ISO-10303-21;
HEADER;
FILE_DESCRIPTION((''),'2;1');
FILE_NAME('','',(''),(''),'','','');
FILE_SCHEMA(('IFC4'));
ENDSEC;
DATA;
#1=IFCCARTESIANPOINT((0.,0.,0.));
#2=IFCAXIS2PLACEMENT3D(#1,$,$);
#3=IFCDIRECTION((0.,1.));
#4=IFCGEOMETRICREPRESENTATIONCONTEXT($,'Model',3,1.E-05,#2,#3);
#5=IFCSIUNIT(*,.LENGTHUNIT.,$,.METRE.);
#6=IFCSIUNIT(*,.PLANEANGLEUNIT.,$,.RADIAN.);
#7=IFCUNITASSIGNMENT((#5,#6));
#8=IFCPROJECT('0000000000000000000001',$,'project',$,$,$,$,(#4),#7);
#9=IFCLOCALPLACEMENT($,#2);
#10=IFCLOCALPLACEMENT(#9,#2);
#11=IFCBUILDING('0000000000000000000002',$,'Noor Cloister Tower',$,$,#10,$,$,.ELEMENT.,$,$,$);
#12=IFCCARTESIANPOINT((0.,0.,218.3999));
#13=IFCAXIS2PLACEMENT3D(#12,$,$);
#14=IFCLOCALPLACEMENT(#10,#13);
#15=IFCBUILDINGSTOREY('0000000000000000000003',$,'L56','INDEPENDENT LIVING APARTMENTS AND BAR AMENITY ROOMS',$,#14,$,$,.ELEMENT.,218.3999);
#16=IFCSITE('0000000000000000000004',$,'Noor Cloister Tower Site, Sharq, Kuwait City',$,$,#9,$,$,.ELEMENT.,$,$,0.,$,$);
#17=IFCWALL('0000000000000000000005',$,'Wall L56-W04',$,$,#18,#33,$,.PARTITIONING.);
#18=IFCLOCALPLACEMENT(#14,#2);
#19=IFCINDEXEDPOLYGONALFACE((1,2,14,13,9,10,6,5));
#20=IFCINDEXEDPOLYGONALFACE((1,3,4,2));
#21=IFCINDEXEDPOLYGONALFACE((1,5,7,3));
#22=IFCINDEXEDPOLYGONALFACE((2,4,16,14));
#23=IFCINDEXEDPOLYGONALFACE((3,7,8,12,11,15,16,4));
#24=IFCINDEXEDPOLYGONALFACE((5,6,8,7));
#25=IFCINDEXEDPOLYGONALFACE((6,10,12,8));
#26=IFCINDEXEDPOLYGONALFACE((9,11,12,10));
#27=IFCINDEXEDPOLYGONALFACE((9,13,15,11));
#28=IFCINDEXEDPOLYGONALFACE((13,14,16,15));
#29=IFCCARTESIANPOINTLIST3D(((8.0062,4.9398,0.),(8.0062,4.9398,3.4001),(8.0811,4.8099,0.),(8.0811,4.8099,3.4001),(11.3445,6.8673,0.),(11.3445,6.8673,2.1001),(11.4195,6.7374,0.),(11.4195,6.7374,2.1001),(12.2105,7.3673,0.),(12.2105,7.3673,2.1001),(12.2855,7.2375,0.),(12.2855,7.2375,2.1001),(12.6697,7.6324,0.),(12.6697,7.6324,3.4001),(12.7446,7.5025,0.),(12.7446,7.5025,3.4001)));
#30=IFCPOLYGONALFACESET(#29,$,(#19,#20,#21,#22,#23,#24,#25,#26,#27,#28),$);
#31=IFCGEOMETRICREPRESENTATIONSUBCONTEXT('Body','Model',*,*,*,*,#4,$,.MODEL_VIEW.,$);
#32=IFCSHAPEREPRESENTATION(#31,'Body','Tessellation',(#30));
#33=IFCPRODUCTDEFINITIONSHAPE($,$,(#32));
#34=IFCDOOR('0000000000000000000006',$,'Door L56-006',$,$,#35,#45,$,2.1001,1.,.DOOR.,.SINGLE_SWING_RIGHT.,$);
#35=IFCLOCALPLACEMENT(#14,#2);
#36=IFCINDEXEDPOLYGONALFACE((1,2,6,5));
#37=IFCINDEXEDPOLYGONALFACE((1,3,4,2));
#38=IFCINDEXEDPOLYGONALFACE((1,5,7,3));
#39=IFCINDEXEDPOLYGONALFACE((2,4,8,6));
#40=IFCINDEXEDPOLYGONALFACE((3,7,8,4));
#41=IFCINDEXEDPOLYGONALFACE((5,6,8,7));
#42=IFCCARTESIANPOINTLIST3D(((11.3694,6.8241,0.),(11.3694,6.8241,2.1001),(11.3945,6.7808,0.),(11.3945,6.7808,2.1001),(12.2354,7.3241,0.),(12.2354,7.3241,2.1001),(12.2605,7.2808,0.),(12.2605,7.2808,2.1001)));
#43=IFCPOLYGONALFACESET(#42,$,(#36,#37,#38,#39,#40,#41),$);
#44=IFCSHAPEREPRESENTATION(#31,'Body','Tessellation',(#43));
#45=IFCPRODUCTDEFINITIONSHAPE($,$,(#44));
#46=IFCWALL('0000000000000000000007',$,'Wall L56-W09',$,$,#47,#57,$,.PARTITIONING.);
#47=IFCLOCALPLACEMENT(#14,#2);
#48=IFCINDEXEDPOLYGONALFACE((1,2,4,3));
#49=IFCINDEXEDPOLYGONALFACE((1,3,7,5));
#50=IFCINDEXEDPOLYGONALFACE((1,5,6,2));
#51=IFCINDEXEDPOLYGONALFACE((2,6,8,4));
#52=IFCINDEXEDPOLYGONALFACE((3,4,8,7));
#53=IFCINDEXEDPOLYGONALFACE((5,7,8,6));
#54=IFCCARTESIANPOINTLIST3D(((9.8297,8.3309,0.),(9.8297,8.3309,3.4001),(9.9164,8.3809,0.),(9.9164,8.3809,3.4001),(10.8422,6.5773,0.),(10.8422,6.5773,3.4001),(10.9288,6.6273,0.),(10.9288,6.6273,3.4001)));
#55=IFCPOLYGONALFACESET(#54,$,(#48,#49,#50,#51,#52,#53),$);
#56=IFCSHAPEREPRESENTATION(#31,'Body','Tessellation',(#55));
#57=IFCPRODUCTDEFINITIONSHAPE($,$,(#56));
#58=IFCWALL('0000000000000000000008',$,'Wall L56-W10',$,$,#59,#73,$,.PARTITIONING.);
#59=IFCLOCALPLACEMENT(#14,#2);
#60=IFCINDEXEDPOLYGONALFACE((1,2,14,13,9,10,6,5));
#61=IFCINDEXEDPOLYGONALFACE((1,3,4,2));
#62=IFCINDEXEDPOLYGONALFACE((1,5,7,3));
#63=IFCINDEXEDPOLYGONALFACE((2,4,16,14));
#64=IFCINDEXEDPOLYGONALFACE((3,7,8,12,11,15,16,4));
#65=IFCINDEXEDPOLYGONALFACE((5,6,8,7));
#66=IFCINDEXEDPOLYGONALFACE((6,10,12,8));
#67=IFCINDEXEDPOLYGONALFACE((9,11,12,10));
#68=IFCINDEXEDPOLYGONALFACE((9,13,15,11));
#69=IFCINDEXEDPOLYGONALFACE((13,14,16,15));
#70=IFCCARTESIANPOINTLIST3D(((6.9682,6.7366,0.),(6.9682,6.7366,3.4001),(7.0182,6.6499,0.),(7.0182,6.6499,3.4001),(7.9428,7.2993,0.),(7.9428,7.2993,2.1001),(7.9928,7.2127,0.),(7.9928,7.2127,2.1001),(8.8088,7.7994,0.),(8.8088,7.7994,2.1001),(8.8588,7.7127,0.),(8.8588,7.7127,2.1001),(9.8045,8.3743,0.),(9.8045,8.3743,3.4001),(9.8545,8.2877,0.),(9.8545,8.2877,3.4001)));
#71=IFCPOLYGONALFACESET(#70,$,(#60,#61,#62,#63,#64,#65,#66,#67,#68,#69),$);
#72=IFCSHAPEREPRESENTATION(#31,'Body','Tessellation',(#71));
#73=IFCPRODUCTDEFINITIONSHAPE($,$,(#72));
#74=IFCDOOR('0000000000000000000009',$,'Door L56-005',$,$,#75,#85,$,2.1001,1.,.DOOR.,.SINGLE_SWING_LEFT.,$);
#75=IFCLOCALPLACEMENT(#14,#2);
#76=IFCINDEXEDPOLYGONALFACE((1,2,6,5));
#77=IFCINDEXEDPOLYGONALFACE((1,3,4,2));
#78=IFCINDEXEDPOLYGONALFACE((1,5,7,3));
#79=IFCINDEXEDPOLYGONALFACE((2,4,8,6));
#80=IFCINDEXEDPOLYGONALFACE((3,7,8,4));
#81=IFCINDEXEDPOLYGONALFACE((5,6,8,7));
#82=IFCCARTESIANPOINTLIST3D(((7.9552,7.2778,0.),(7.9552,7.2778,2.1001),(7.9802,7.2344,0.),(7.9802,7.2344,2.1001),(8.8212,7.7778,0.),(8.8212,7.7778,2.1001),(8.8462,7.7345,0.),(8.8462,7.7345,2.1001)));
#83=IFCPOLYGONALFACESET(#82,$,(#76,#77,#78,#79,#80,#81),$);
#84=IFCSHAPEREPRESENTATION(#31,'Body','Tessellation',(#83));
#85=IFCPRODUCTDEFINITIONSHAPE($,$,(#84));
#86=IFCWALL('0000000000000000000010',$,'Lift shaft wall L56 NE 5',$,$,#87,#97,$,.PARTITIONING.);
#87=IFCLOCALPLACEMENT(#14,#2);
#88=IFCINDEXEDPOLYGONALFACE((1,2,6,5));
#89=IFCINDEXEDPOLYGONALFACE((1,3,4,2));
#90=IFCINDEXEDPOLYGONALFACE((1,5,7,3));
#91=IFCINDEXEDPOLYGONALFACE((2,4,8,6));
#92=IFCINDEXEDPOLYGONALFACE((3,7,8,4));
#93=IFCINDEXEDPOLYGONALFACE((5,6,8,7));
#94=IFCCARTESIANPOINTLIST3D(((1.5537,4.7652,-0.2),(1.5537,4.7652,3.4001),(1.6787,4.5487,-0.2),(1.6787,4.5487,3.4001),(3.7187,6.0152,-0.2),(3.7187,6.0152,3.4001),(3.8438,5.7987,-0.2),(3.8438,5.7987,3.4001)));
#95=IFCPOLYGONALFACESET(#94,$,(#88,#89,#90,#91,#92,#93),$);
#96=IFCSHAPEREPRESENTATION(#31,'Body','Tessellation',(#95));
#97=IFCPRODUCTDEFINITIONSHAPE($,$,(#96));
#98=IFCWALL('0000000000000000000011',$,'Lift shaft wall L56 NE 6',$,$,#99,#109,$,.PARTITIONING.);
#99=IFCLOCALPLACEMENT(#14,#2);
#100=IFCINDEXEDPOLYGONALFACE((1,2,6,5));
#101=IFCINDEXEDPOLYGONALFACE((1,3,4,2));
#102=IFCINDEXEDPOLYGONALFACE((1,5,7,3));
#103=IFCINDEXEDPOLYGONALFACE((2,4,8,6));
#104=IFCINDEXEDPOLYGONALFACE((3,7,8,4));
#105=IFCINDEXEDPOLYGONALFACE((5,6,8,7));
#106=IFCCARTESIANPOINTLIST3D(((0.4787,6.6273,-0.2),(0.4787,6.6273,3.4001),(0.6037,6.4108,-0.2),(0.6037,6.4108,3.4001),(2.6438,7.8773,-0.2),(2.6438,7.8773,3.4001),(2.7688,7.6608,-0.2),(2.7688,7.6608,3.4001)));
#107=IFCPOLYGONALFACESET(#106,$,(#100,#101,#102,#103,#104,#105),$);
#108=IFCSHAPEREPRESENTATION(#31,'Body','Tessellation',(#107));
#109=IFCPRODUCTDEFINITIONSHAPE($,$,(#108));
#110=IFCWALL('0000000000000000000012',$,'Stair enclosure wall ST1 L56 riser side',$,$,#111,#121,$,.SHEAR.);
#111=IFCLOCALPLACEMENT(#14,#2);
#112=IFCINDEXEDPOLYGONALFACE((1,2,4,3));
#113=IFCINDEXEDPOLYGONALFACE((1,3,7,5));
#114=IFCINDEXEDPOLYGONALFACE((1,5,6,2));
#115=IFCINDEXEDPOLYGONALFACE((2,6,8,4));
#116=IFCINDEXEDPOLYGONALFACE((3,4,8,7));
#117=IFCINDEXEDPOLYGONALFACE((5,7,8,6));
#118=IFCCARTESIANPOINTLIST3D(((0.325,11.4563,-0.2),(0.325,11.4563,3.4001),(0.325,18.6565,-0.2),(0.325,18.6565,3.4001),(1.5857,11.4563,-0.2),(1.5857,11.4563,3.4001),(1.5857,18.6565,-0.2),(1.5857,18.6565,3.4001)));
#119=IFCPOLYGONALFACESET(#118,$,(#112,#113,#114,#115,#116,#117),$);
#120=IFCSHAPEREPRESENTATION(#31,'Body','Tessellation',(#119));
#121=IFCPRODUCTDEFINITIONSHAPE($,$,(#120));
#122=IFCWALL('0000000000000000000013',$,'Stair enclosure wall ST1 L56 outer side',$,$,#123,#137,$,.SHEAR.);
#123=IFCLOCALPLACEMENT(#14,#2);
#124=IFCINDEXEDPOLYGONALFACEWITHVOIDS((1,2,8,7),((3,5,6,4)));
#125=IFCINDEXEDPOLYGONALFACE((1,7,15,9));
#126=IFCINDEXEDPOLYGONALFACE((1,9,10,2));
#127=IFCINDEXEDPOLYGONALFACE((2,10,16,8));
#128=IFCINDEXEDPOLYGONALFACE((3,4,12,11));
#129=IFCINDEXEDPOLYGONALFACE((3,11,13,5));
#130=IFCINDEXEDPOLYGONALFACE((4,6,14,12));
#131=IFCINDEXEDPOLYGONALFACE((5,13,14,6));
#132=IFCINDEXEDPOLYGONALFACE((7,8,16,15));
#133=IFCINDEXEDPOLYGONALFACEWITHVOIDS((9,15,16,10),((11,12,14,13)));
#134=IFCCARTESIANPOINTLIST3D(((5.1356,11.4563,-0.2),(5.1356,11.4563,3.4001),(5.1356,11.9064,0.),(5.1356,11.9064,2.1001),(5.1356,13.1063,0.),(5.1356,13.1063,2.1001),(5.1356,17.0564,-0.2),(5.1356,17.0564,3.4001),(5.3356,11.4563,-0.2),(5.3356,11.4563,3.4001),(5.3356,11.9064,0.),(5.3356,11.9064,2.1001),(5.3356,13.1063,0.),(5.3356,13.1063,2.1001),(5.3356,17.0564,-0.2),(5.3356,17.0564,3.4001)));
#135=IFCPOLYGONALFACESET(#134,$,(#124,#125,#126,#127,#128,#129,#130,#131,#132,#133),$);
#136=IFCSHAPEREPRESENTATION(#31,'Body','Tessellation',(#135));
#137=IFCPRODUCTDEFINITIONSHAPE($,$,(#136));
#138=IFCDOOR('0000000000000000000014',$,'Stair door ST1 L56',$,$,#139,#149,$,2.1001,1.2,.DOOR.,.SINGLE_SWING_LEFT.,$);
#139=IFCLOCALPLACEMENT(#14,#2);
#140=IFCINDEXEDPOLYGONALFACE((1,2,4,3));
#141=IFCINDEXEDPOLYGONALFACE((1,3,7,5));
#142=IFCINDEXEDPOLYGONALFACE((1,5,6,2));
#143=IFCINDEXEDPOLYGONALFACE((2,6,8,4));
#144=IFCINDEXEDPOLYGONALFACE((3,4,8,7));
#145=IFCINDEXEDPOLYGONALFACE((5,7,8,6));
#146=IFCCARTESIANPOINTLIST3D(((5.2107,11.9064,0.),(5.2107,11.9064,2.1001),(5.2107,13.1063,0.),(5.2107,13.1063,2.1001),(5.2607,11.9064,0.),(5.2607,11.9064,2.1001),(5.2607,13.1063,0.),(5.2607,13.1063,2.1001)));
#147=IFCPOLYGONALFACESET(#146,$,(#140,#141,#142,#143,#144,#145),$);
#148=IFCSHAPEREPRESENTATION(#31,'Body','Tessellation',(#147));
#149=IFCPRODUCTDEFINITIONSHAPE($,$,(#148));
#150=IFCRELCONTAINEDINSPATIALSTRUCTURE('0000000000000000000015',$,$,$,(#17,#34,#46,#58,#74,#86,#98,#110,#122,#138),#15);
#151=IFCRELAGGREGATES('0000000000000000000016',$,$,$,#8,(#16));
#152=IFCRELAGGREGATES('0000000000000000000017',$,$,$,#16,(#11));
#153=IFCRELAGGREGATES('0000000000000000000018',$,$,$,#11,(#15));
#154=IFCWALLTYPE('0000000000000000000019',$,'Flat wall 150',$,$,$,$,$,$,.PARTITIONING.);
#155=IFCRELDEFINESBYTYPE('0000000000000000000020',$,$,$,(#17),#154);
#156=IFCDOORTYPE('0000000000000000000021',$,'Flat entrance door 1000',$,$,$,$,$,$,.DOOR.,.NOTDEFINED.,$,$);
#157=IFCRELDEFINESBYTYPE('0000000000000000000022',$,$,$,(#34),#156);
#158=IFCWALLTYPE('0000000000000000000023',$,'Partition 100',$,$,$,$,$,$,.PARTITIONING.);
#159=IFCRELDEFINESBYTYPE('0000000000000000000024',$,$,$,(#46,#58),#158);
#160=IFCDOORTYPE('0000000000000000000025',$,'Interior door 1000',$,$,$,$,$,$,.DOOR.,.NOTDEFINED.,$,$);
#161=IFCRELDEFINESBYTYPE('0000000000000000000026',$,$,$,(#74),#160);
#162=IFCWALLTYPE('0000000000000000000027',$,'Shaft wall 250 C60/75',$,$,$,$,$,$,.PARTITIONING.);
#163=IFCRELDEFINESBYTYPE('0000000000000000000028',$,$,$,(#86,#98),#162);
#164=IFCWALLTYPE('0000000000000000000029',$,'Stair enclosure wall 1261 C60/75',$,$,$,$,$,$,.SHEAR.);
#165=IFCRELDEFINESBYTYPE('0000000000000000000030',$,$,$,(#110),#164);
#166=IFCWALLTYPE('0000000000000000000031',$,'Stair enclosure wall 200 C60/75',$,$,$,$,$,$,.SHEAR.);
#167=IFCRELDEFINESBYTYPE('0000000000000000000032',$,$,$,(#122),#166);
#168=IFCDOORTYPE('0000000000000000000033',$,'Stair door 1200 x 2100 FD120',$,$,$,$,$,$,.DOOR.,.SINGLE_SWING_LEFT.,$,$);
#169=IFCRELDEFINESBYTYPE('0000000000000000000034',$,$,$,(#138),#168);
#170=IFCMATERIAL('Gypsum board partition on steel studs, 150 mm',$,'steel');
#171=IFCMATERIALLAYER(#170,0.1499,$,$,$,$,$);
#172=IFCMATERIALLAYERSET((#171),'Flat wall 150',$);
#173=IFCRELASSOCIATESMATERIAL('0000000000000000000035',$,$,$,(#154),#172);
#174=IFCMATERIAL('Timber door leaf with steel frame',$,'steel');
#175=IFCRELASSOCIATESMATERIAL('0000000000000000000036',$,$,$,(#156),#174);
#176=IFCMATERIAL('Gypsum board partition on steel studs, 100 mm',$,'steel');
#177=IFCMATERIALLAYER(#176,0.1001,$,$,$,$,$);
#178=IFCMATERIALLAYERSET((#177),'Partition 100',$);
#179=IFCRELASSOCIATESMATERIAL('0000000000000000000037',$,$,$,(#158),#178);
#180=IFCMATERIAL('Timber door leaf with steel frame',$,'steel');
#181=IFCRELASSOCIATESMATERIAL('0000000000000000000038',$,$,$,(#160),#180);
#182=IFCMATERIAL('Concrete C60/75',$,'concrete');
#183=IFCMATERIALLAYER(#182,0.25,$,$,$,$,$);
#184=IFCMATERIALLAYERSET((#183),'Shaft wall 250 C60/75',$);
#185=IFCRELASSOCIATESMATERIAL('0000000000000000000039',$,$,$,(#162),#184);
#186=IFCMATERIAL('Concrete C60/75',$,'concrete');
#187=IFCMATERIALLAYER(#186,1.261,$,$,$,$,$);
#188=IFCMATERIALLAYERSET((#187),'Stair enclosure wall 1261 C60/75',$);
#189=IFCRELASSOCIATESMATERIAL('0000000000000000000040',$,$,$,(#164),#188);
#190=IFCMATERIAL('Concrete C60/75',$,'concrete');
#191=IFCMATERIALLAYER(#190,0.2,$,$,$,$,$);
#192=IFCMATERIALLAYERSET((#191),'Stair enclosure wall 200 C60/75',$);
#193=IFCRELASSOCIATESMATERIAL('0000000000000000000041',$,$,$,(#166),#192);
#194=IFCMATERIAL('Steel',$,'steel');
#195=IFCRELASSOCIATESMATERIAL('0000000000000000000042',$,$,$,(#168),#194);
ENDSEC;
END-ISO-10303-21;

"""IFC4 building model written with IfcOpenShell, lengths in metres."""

from ifc_helpers import new_model, si_unit, direction, frame, frame_2d, origin, place, context, subcontext, project, spatial, rectangle, extrude, material, layer, layer_set, type_object, element, fill, save


model = new_model("IFC4")

# Units and contexts
model_context = context("Model", 3, precision=1e-05, world=origin(), true_north=direction((0.0, 1.0)))
body_context = subcontext(model_context, "Body", "Model", "MODEL_VIEW")
ifc_project = project(units=[si_unit("LENGTHUNIT", "METRE"), si_unit("PLANEANGLEUNIT", "RADIAN")], contexts=[model_context])

# Site, building, storey
site_placement = place(None, origin())
site = spatial("IfcSite", under=ifc_project, at=site_placement, Name="Noor Cloister Tower Site, Sharq, Kuwait City", CompositionType="ELEMENT", RefElevation=0.0)
building_placement = place(site_placement, origin())
building = spatial("IfcBuilding", under=site, at=building_placement, Name="Noor Cloister Tower", CompositionType="ELEMENT")
storey_placement = place(building_placement, frame((0.0, 0.0, 218.3999)))
storey = spatial("IfcBuildingStorey", under=building, at=storey_placement, Name="L56", Description="INDEPENDENT LIVING APARTMENTS AND BAR AMENITY ROOMS", CompositionType="ELEMENT", Elevation=218.3999)

# Wall, opening, door
ifc_material_1 = material(Name="Gypsum board partition on steel studs, 150 mm", Category="steel")
ifc_layer_1 = layer(ifc_material_1, 0.1499)
ifc_layer_set_1 = layer_set([ifc_layer_1], Name="Flat wall 150")
wall_type_1 = type_object("IfcWallType", Name="Flat wall 150", PredefinedType="PARTITIONING", material=ifc_layer_set_1)
wall_1_placement = place(storey_placement, frame((12.707, 7.5674, 0.0), z_axis=(0.0, 0.0, 1.0), x_axis=(-0.866016, -0.500015, 0.0)))
wall_1 = element("IfcWall", 1, at=wall_1_placement, inside=storey, type_object=wall_type_1, Name="Wall L56-W04", PredefinedType="PARTITIONING", context=body_context, shape_type="SweptSolid", body=[
    extrude(rectangle(XDim=5.385, YDim=0.1499, at=frame_2d((2.6924, 0.0))), origin(), (0.0, 0.0, 1.0), 3.4001),
])
opening_1_placement = place(wall_1_placement, frame((0.53, 0.0, 0.0)))
opening_1 = element("IfcOpeningElement", 2, at=opening_1_placement, cuts=wall_1, PredefinedType="OPENING", context=body_context, shape_type="SweptSolid", body=[
    extrude(rectangle(XDim=1.0, YDim=2.1001, at=frame_2d((0.5, 1.05))), frame((0.0, 0.085, 0.0), z_axis=(0.0, -1.0, 0.0), x_axis=(1.0, 0.0, 0.0)), (0.0, 0.0, 1.0), 0.1699),
])
ifc_material_2 = material(Name="Timber door leaf with steel frame", Category="steel")
door_type_1 = type_object("IfcDoorType", Name="Flat entrance door 1000", OperationType="NOTDEFINED", PredefinedType="DOOR", material=ifc_material_2)
door_1_placement = place(opening_1_placement, origin())
door_1 = element("IfcDoor", 3, at=door_1_placement, inside=storey, type_object=door_type_1, Name="Door L56-006", OperationType="SINGLE_SWING_RIGHT", OverallHeight=2.1001, OverallWidth=1.0, PredefinedType="DOOR", context=body_context, shape_type="SweptSolid", body=[
    extrude(rectangle(XDim=1.0, YDim=2.1001, at=frame_2d((0.5, 1.05))), frame((0.0, 0.0249, 0.0), z_axis=(0.0, -1.0, 0.0), x_axis=(1.0, 0.0, 0.0)), (0.0, 0.0, 1.0), 0.05),
])
fill(opening_1, door_1)

# Wall
ifc_material_3 = material(Name="Gypsum board partition on steel studs, 100 mm", Category="steel")
ifc_layer_2 = layer(ifc_material_3, 0.1001)
ifc_layer_set_2 = layer_set([ifc_layer_2], Name="Partition 100")
wall_type_2 = type_object("IfcWallType", Name="Partition 100", PredefinedType="PARTITIONING", material=ifc_layer_set_2)
wall_2_placement = place(storey_placement, frame((10.8855, 6.6023, 0.0), z_axis=(0.0, 0.0, 1.0), x_axis=(-0.49999, 0.866031, 0.0)))
element("IfcWall", 4, at=wall_2_placement, inside=storey, type_object=wall_type_2, Name="Wall L56-W09", PredefinedType="PARTITIONING", context=body_context, shape_type="SweptSolid", body=[
    extrude(rectangle(XDim=2.0249, YDim=0.1001, at=frame_2d((1.0125, 0.0))), origin(), (0.0, 0.0, 1.0), 3.4001),
])

# Wall, opening, door
wall_3_placement = place(storey_placement, frame((9.8296, 8.3311, 0.0), z_axis=(0.0, 0.0, 1.0), x_axis=(-0.865996, -0.500052, 0.0)))
wall_3 = element("IfcWall", 5, at=wall_3_placement, inside=storey, type_object=wall_type_2, Name="Wall L56-W10", PredefinedType="PARTITIONING", context=body_context, shape_type="SweptSolid", body=[
    extrude(rectangle(XDim=3.2751, YDim=0.1001, at=frame_2d((1.6377, 0.0))), origin(), (0.0, 0.0, 1.0), 3.4001),
])
opening_2_placement = place(wall_3_placement, frame((1.1499, 0.0, 0.0)))
opening_2 = element("IfcOpeningElement", 6, at=opening_2_placement, cuts=wall_3, PredefinedType="OPENING", context=body_context, shape_type="SweptSolid", body=[
    extrude(rectangle(XDim=1.0, YDim=2.1001, at=frame_2d((0.5, 1.05))), frame((0.0, 0.0601, 0.0), z_axis=(0.0, -1.0, 0.0), x_axis=(1.0, 0.0, 0.0)), (0.0, 0.0, 1.0), 0.1201),
])
ifc_material_4 = material(Name="Timber door leaf with steel frame", Category="steel")
door_type_2 = type_object("IfcDoorType", Name="Interior door 1000", OperationType="NOTDEFINED", PredefinedType="DOOR", material=ifc_material_4)
door_2_placement = place(opening_2_placement, origin())
door_2 = element("IfcDoor", 7, at=door_2_placement, inside=storey, type_object=door_type_2, Name="Door L56-005", OperationType="SINGLE_SWING_LEFT", OverallHeight=2.1001, OverallWidth=1.0, PredefinedType="DOOR", context=body_context, shape_type="SweptSolid", body=[
    extrude(rectangle(XDim=1.0, YDim=2.1001, at=frame_2d((0.5, 1.05))), frame((0.0, 0.0249, 0.0), z_axis=(0.0, -1.0, 0.0), x_axis=(1.0, 0.0, 0.0)), (0.0, 0.0, 1.0), 0.05),
])
fill(opening_2, door_2)

# Walls
ifc_material_5 = material(Name="Concrete C60/75", Category="concrete")
ifc_layer_3 = layer(ifc_material_5, 0.25)
ifc_layer_set_3 = layer_set([ifc_layer_3], Name="Shaft wall 250 C60/75")
wall_type_3 = type_object("IfcWallType", Name="Shaft wall 250 C60/75", PredefinedType="PARTITIONING", material=ifc_layer_set_3)
for number, where, z_axis, x_axis, name in (
    (8, (3.7812, 5.907, -0.2), (0.0, 0.0, 1.0), (-0.866023, -0.500004, 0.0), "Lift shaft wall L56 NE 5"),
    (9, (2.7063, 7.769, -0.2), (0.0, 0.0, 1.0), (-0.866023, -0.500004, 0.0), "Lift shaft wall L56 NE 6"),
):
    element("IfcWall", number, at=place(storey_placement, frame(where, z_axis=z_axis, x_axis=x_axis)), inside=storey, type_object=wall_type_3, Name=name, PredefinedType="PARTITIONING", context=body_context, shape_type="SweptSolid", body=[
        extrude(rectangle(XDim=2.5, YDim=0.25, at=frame_2d((1.25, 0.0))), origin(), (0.0, 0.0, 1.0), 3.6001),
    ])
ifc_material_6 = material(Name="Concrete C60/75", Category="concrete")
ifc_layer_4 = layer(ifc_material_6, 1.261)
ifc_layer_set_4 = layer_set([ifc_layer_4], Name="Stair enclosure wall 1261 C60/75")
wall_type_4 = type_object("IfcWallType", Name="Stair enclosure wall 1261 C60/75", PredefinedType="SHEAR", material=ifc_layer_set_4)
wall_4_placement = place(storey_placement, frame((0.9553, 11.4563, -0.2), z_axis=(0.0, 0.0, 1.0), x_axis=(0.0, 1.0, 0.0)))
element("IfcWall", 10, at=wall_4_placement, inside=storey, type_object=wall_type_4, Name="Stair enclosure wall ST1 L56 riser side", PredefinedType="SHEAR", context=body_context, shape_type="SweptSolid", body=[
    extrude(rectangle(XDim=7.2002, YDim=1.2607, at=frame_2d((3.6001, 0.0))), origin(), (0.0, 0.0, 1.0), 3.6001),
])

# Wall, opening, door
ifc_material_7 = material(Name="Concrete C60/75", Category="concrete")
ifc_layer_5 = layer(ifc_material_7, 0.2)
ifc_layer_set_5 = layer_set([ifc_layer_5], Name="Stair enclosure wall 200 C60/75")
wall_type_5 = type_object("IfcWallType", Name="Stair enclosure wall 200 C60/75", PredefinedType="SHEAR", material=ifc_layer_set_5)
wall_5_placement = place(storey_placement, frame((5.2356, 11.4563, -0.2), z_axis=(0.0, 0.0, 1.0), x_axis=(0.0, 1.0, 0.0)))
wall_5 = element("IfcWall", 11, at=wall_5_placement, inside=storey, type_object=wall_type_5, Name="Stair enclosure wall ST1 L56 outer side", PredefinedType="SHEAR", context=body_context, shape_type="SweptSolid", body=[
    extrude(rectangle(XDim=5.6001, YDim=0.2, at=frame_2d((2.8, 0.0))), origin(), (0.0, 0.0, 1.0), 3.6001),
])
opening_3_placement = place(wall_5_placement, frame((0.45, 0.0, 0.2)))
opening_3 = element("IfcOpeningElement", 12, at=opening_3_placement, cuts=wall_5, PredefinedType="OPENING", context=body_context, shape_type="SweptSolid", body=[
    extrude(rectangle(XDim=1.2, YDim=2.1001, at=frame_2d((0.6001, 1.05))), frame((0.0, 0.1099, 0.0), z_axis=(0.0, -1.0, 0.0), x_axis=(1.0, 0.0, 0.0)), (0.0, 0.0, 1.0), 0.22),
])
ifc_material_8 = material(Name="Steel", Category="steel")
door_type_3 = type_object("IfcDoorType", Name="Stair door 1200 x 2100 FD120", OperationType="SINGLE_SWING_LEFT", PredefinedType="DOOR", material=ifc_material_8)
door_3_placement = place(opening_3_placement, origin())
door_3 = element("IfcDoor", 13, at=door_3_placement, inside=storey, type_object=door_type_3, Name="Stair door ST1 L56", OperationType="SINGLE_SWING_LEFT", OverallHeight=2.1001, OverallWidth=1.2, PredefinedType="DOOR", context=body_context, shape_type="SweptSolid", body=[
    extrude(rectangle(XDim=1.2, YDim=2.1001, at=frame_2d((0.6001, 1.05))), frame((0.0, 0.0249, 0.0), z_axis=(0.0, -1.0, 0.0), x_axis=(1.0, 0.0, 0.0)), (0.0, 0.0, 1.0), 0.05),
])
fill(opening_3, door_3)

save(model, "model.ifc")
